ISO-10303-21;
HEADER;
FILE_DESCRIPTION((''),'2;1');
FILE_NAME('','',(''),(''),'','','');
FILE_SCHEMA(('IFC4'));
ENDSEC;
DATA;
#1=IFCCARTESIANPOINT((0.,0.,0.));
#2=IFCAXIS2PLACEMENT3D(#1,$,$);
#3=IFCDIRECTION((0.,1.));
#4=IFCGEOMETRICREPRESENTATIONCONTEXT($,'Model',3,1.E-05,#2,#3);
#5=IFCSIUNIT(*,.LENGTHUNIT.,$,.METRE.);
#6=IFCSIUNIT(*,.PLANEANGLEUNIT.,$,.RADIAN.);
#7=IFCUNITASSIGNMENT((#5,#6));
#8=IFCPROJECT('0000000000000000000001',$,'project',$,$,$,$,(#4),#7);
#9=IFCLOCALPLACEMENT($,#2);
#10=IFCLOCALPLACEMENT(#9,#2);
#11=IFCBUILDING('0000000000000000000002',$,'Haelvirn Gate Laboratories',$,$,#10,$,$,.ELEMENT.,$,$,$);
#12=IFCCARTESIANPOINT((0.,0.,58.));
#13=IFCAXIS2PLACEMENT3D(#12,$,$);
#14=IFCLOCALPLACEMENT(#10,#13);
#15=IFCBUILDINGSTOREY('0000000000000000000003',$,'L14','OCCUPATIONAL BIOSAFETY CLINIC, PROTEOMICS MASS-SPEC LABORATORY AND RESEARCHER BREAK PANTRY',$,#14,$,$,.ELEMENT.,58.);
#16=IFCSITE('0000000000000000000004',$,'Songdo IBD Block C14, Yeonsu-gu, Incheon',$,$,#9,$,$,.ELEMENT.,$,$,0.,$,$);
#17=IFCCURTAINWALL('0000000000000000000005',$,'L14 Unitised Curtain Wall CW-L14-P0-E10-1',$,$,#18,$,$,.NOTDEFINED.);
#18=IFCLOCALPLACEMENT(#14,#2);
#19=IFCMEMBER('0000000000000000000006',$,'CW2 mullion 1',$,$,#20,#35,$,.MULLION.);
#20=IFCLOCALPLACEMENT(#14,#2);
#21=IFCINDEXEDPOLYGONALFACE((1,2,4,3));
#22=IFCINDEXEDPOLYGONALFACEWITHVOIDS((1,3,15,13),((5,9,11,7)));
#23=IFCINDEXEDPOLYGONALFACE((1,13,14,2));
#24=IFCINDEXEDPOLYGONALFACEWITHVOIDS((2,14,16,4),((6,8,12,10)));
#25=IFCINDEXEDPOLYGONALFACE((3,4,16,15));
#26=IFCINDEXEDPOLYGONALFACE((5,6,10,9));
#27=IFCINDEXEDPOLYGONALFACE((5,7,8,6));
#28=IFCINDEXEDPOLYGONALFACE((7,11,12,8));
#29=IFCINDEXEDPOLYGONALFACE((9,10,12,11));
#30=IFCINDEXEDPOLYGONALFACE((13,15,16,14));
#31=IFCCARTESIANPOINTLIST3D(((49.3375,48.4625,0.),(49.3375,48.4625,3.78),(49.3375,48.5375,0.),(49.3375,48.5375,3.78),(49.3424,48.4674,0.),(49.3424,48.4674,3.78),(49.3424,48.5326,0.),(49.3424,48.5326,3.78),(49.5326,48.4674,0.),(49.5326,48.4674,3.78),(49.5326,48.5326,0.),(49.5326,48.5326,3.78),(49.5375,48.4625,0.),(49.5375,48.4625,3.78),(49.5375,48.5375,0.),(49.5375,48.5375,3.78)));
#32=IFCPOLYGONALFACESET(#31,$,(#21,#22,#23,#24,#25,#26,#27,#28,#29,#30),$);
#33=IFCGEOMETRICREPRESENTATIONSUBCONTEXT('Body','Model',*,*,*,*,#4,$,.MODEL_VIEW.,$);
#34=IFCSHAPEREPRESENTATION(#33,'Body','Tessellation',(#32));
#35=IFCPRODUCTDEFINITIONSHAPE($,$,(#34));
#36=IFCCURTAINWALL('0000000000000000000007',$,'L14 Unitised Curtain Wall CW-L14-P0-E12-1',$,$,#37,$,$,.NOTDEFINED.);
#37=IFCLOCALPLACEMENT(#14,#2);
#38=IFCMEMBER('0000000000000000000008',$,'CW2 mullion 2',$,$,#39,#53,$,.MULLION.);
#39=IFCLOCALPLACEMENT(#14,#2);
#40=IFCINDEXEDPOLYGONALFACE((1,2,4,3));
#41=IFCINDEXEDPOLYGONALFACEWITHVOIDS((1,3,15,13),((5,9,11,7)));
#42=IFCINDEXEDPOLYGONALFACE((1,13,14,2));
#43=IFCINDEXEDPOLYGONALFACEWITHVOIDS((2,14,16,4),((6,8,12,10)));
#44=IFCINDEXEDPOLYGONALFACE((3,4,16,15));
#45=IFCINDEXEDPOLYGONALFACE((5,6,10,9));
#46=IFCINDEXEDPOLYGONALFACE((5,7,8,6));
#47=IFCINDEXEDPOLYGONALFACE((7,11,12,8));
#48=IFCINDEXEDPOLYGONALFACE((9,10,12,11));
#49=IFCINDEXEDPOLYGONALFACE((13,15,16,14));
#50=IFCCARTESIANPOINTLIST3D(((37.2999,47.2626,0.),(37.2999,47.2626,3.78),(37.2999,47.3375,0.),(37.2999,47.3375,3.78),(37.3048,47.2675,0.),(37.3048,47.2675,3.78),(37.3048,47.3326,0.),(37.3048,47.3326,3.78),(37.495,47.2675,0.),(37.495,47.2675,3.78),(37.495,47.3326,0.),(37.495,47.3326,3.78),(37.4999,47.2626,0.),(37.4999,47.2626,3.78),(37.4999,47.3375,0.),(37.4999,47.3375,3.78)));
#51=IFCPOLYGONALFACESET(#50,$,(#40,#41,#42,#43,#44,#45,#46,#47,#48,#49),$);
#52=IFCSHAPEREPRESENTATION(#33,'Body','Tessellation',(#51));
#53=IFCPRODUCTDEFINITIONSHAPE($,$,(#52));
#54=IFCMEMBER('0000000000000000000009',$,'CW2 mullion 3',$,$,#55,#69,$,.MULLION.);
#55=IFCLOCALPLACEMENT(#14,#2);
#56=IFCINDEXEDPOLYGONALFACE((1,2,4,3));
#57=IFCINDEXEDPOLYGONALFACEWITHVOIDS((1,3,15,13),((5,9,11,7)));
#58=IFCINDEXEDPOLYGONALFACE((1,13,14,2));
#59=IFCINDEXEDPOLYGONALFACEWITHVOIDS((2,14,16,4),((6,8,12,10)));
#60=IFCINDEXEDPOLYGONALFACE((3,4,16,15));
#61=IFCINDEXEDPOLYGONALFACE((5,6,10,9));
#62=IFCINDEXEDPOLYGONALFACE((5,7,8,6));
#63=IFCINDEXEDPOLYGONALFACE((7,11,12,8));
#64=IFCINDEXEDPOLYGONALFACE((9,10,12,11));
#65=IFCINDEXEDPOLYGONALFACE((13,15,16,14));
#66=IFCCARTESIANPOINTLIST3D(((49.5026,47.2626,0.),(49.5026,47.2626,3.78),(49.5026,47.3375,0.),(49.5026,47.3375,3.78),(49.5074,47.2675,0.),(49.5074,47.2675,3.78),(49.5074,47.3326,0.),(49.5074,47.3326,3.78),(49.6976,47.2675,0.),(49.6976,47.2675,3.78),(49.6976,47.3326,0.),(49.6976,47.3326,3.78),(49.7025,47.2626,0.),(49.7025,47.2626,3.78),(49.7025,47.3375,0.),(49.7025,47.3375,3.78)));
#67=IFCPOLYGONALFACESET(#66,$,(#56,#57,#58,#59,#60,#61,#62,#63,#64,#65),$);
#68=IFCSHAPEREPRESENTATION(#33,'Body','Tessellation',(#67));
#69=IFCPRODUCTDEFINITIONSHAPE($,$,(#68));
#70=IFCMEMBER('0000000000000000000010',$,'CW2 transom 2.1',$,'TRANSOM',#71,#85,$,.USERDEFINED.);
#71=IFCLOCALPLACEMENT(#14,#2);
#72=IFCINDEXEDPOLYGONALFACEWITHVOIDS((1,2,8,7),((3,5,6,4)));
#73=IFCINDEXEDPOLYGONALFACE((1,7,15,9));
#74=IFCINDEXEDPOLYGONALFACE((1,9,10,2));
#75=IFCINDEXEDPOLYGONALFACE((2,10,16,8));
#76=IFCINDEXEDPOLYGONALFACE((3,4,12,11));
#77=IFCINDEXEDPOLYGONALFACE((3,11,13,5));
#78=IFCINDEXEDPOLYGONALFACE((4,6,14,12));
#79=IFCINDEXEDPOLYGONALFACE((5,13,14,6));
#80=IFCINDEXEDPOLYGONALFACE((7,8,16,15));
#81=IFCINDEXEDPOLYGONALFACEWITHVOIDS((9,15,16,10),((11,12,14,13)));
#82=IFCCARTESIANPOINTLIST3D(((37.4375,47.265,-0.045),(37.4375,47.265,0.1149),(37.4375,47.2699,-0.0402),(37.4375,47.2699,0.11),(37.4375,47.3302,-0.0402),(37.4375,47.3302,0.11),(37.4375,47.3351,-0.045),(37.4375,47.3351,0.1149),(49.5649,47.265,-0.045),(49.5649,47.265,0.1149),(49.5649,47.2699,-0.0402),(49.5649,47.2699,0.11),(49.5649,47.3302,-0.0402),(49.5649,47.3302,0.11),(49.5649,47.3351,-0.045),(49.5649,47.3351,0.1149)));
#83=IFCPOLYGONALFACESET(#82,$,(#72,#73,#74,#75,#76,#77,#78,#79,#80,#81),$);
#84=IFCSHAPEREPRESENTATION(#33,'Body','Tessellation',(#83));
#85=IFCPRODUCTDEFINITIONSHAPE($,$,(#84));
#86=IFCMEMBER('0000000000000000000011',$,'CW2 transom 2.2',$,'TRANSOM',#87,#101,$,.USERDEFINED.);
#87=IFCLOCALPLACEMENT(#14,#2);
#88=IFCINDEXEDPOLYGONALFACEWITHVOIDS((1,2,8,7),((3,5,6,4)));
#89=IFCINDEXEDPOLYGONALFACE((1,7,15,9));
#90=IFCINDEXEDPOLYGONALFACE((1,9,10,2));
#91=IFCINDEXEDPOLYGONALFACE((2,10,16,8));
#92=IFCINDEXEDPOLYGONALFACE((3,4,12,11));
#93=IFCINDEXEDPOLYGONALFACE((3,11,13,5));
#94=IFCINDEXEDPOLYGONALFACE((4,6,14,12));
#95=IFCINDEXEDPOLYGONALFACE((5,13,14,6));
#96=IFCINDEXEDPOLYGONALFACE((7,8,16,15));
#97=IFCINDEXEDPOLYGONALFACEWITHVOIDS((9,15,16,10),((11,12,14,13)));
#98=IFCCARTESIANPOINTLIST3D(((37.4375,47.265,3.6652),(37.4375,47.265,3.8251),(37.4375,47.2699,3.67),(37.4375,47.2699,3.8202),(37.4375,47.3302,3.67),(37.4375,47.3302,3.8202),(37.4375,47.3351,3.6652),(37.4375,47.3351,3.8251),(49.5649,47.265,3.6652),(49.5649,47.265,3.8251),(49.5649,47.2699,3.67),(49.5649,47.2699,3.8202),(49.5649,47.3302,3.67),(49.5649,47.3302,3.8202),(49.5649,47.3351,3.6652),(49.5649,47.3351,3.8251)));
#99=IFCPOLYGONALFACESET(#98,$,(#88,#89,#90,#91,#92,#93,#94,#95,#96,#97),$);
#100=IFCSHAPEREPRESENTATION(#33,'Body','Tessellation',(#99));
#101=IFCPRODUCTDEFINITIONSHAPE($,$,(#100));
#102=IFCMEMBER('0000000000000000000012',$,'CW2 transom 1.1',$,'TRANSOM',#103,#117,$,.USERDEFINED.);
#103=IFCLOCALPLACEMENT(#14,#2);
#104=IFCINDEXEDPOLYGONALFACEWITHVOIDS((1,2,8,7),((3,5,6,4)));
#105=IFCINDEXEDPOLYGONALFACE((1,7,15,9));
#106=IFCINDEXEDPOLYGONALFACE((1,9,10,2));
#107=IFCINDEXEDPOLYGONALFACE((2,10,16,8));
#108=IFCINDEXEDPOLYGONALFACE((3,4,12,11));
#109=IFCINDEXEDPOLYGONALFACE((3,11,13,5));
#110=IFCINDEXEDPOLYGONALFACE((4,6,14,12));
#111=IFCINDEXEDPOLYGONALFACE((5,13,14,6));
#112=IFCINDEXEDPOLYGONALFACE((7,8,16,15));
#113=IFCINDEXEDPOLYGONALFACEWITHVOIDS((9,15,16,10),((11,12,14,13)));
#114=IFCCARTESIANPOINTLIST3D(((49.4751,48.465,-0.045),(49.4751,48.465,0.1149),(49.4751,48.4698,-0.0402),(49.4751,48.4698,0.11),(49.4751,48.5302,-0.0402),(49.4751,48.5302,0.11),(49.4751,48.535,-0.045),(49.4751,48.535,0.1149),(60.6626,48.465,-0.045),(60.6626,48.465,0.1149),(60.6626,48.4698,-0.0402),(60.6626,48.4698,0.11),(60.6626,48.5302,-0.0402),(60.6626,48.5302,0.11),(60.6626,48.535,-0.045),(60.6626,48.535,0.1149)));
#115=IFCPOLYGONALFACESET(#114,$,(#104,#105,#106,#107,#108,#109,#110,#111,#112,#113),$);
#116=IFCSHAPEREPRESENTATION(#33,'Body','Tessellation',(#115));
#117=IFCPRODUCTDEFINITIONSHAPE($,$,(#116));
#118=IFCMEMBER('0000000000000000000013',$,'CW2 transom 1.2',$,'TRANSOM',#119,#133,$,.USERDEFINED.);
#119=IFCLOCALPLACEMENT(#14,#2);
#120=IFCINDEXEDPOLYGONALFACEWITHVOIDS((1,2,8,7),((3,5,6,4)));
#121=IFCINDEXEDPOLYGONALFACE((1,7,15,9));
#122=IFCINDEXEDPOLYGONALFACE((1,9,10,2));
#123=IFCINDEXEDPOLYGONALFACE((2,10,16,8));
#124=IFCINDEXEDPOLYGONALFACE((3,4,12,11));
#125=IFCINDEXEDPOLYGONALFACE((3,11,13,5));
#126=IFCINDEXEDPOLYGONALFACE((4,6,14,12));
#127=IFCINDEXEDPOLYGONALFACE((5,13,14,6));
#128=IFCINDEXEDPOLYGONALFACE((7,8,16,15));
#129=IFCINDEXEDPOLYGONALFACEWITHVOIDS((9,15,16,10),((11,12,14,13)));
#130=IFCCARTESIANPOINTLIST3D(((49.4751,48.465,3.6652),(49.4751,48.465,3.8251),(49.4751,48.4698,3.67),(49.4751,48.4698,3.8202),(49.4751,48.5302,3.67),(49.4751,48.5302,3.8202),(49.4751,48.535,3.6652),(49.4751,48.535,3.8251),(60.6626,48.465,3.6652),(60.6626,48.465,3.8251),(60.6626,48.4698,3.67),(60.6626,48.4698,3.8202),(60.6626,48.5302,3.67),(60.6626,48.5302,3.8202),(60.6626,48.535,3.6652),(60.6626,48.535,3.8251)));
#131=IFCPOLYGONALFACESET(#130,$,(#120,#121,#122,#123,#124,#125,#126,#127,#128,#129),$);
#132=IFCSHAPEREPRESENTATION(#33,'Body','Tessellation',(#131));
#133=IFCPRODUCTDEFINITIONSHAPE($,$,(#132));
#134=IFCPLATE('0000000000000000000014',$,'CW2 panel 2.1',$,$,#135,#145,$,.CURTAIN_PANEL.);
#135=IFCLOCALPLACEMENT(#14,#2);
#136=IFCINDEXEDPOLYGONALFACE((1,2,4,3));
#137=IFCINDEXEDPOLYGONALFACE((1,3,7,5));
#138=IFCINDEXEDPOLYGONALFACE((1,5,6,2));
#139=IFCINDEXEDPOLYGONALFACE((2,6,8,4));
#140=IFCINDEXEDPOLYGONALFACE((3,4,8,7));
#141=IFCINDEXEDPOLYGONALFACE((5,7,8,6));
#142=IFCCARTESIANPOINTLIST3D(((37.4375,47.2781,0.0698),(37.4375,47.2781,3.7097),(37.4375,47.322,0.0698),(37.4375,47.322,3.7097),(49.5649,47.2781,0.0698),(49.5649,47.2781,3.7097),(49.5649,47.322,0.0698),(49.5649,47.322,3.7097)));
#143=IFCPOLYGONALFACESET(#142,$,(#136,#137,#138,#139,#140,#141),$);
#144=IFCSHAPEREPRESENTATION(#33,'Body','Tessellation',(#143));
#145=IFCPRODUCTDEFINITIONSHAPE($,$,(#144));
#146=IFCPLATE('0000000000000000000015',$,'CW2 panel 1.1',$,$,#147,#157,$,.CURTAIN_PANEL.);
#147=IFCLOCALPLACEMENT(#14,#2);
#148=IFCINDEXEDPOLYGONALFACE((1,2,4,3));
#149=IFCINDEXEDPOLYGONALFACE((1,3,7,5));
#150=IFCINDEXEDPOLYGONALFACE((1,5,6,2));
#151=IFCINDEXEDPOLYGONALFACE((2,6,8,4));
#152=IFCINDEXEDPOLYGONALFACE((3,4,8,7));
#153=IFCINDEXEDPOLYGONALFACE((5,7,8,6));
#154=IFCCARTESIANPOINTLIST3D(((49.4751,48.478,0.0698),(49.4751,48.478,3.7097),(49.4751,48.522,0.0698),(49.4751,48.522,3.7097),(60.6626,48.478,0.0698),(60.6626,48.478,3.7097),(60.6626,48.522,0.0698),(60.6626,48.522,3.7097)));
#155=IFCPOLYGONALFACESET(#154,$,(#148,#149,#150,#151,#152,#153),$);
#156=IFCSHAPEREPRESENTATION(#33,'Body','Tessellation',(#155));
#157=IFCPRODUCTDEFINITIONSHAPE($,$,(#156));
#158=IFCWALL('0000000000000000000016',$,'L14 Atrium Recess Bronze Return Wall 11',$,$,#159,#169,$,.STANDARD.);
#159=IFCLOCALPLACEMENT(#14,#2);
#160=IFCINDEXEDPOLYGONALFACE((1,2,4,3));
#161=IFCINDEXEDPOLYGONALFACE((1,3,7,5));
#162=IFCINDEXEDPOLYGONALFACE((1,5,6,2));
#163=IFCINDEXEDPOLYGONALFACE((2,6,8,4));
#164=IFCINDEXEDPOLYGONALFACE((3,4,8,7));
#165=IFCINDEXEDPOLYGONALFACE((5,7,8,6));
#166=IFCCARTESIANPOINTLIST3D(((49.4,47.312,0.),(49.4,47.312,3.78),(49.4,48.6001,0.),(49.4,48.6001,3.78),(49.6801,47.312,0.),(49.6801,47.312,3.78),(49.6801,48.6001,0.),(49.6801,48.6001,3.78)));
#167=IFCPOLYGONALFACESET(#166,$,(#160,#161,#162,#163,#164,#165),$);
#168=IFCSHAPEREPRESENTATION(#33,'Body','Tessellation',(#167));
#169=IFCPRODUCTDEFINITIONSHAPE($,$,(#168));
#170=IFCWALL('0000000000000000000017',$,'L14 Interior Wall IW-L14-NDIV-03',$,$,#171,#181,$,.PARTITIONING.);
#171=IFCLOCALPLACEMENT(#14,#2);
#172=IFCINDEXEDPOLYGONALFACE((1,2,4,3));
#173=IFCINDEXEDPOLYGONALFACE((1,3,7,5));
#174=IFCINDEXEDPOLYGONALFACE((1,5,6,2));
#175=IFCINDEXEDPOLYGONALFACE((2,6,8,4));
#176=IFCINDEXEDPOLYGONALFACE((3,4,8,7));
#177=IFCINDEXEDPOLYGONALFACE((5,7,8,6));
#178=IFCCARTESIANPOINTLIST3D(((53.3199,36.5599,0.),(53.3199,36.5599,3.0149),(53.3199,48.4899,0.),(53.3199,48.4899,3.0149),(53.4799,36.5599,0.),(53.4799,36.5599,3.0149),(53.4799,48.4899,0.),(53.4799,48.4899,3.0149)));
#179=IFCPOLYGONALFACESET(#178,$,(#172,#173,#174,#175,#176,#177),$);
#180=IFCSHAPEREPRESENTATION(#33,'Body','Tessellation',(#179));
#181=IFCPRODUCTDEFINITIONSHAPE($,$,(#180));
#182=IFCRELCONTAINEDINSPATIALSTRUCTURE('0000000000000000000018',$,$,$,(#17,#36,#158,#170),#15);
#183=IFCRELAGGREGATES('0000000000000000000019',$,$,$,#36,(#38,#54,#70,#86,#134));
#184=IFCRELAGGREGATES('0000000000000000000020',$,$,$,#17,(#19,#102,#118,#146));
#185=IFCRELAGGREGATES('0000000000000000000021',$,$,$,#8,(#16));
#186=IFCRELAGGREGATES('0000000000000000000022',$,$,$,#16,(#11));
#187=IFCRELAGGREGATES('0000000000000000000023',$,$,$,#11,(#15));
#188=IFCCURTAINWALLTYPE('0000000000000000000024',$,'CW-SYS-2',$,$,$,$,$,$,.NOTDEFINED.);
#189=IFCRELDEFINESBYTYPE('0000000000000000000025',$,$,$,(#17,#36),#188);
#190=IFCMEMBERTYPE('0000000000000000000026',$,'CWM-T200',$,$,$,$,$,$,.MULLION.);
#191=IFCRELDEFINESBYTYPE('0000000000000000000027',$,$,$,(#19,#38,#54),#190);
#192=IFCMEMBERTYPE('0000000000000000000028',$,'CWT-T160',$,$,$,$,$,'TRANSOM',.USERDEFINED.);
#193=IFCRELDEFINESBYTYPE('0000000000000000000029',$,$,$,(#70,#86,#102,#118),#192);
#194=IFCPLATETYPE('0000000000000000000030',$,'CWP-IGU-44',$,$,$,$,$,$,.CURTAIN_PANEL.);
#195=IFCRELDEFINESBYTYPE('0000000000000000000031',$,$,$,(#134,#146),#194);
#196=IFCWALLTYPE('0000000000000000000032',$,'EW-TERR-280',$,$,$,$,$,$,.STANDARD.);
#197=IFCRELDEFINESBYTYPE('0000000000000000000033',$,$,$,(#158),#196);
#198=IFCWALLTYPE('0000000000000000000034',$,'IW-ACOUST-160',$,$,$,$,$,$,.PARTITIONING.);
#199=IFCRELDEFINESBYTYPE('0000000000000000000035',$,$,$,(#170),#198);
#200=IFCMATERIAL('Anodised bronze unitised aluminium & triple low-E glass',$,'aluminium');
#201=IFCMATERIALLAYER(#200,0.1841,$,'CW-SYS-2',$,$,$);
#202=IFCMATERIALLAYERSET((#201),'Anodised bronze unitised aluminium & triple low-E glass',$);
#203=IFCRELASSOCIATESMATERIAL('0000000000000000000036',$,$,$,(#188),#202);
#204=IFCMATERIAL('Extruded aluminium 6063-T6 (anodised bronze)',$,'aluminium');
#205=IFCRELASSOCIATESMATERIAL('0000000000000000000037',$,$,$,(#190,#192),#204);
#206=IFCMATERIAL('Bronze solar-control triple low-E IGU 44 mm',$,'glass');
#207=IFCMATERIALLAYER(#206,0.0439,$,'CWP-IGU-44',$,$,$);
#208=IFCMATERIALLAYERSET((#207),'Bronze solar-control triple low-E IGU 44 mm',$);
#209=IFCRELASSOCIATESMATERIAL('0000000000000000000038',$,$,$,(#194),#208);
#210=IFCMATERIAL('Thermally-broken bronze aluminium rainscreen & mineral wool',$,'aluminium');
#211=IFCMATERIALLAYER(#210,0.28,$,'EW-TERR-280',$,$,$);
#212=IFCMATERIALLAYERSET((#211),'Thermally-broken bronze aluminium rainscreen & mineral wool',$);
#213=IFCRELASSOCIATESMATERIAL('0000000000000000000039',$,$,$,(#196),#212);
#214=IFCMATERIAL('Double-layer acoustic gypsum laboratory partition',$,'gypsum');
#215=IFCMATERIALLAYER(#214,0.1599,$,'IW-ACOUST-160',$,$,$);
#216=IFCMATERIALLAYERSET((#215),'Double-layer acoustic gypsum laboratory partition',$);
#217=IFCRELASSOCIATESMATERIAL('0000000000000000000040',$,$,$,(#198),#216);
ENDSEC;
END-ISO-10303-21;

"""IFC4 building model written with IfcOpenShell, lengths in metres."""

from ifc_helpers import new_model, si_unit, direction, frame, frame_2d, origin, origin_2d, place, context, subcontext, project, spatial, rectangle, hollow_rectangle, extrude, source, transform, mapped, material, layer, layer_set, material_profile, profile_set, type_object, type_shapes, element, aggregate, save


model = new_model("IFC4")

# Units and contexts
model_context = context("Model", 3, precision=1e-05, world=origin(), true_north=direction((0.0, 1.0)))
body_context = subcontext(model_context, "Body", "Model", "MODEL_VIEW")
ifc_project = project(units=[si_unit("LENGTHUNIT", "METRE"), si_unit("PLANEANGLEUNIT", "RADIAN")], contexts=[model_context])

# Site, building, storey
site_placement = place(None, origin())
site = spatial("IfcSite", under=ifc_project, at=site_placement, Name="Songdo IBD Block C14, Yeonsu-gu, Incheon", CompositionType="ELEMENT", RefElevation=0.0)
building_placement = place(site_placement, origin())
building = spatial("IfcBuilding", under=site, at=building_placement, Name="Haelvirn Gate Laboratories", CompositionType="ELEMENT")
storey_placement = place(building_placement, frame((0.0, 0.0, 58.0)))
storey = spatial("IfcBuildingStorey", under=building, at=storey_placement, Name="L14", Description="OCCUPATIONAL BIOSAFETY CLINIC, PROTEOMICS MASS-SPEC LABORATORY AND RESEARCHER BREAK PANTRY", CompositionType="ELEMENT", Elevation=58.0)

# Curtain wall, member
ifc_material_1 = material(Name="Anodised bronze unitised aluminium & triple low-E glass", Category="aluminium")
ifc_layer_1 = layer(ifc_material_1, 0.1841, Name="CW-SYS-2")
ifc_layer_set_1 = layer_set([ifc_layer_1], Name="Anodised bronze unitised aluminium & triple low-E glass")
curtain_wall_type = type_object("IfcCurtainWallType", Name="CW-SYS-2", PredefinedType="NOTDEFINED", material=ifc_layer_set_1)
curtain_wall_1_placement = place(storey_placement, origin())
curtain_wall_1 = element("IfcCurtainWall", 1, at=curtain_wall_1_placement, inside=storey, type_object=curtain_wall_type, Name="L14 Unitised Curtain Wall CW-L14-P0-E10-1", PredefinedType="NOTDEFINED")
ifc_material_2 = material(Name="Extruded aluminium 6063-T6 (anodised bronze)", Category="aluminium")
ifc_material_profile_1 = material_profile(ifc_material_2, hollow_rectangle(XDim=0.075, YDim=0.2, WallThickness=0.0049, at=origin_2d()), Name="CWM-200x75x5")
ifc_profile_set_1 = profile_set([ifc_material_profile_1], Name="Extruded aluminium 6063-T6 (anodised bronze)")
member_type_1 = type_object("IfcMemberType", Name="CWM-T200", PredefinedType="MULLION", material=ifc_profile_set_1)
shared_shape_1 = source(origin(), body_context, "Body", "SweptSolid", [
    extrude(hollow_rectangle(XDim=0.075, YDim=0.2, WallThickness=0.0049, at=origin_2d()), origin(), (0.0, 0.0, 1.0), 3.78),
])
type_shapes(member_type_1, [shared_shape_1])
member_1_placement = place(storey_placement, frame((49.4375, 48.5, 0.0), z_axis=(0.0, 0.0, 1.0), x_axis=(0.0, 1.0, 0.0)))
member_1 = element("IfcMember", 2, at=member_1_placement, type_object=member_type_1, Name="CW2 mullion 1", PredefinedType="MULLION", context=body_context, shape_type="MappedRepresentation", body=[
    mapped(shared_shape_1, transform((0.0, 0.0, 0.0), scale=1.0)),
])

# Curtain wall, members
curtain_wall_2_placement = place(storey_placement, origin())
curtain_wall_2 = element("IfcCurtainWall", 3, at=curtain_wall_2_placement, inside=storey, type_object=curtain_wall_type, Name="L14 Unitised Curtain Wall CW-L14-P0-E12-1", PredefinedType="NOTDEFINED")
member_2_placement = place(storey_placement, frame((37.3999, 47.3, 0.0), z_axis=(0.0, 0.0, 1.0), x_axis=(0.0, 1.0, 0.0)))
member_2 = element("IfcMember", 4, at=member_2_placement, type_object=member_type_1, Name="CW2 mullion 2", PredefinedType="MULLION", context=body_context, shape_type="MappedRepresentation", body=[
    mapped(shared_shape_1, transform((0.0, 0.0, 0.0), scale=1.0)),
])
member_3_placement = place(storey_placement, frame((49.6025, 47.3, 0.0), z_axis=(0.0, 0.0, 1.0), x_axis=(0.0, 1.0, 0.0)))
member_3 = element("IfcMember", 5, at=member_3_placement, type_object=member_type_1, Name="CW2 mullion 3", PredefinedType="MULLION", context=body_context, shape_type="MappedRepresentation", body=[
    mapped(shared_shape_1, transform((0.0, 0.0, 0.0), scale=1.0)),
])
ifc_material_profile_2 = material_profile(ifc_material_2, hollow_rectangle(XDim=0.0701, YDim=0.1599, WallThickness=0.0049, at=origin_2d()), Name="CWT-160x70x5")
ifc_profile_set_2 = profile_set([ifc_material_profile_2], Name="Extruded aluminium 6063-T6 (anodised bronze)")
member_type_2 = type_object("IfcMemberType", Name="CWT-T160", ElementType="TRANSOM", PredefinedType="USERDEFINED", material=ifc_profile_set_2)
shared_shape_2 = source(origin(), body_context, "Body", "SweptSolid", [
    extrude(hollow_rectangle(XDim=0.0701, YDim=0.1599, WallThickness=0.0049, at=origin_2d()), origin(), (0.0, 0.0, 1.0), 12.1274),
])
member_4_placement = place(storey_placement, frame((37.4375, 47.3, 0.0349), z_axis=(1.0, 0.0, 0.0), x_axis=(0.0, 1.0, 0.0)))
member_4 = element("IfcMember", 6, at=member_4_placement, type_object=member_type_2, Name="CW2 transom 2.1", ObjectType="TRANSOM", PredefinedType="USERDEFINED", context=body_context, shape_type="MappedRepresentation", body=[
    mapped(shared_shape_2, transform((0.0, 0.0, 0.0), scale=1.0)),
])
member_5_placement = place(storey_placement, frame((37.4375, 47.3, 3.7451), z_axis=(1.0, 0.0, 0.0), x_axis=(0.0, 1.0, 0.0)))
member_5 = element("IfcMember", 7, at=member_5_placement, type_object=member_type_2, Name="CW2 transom 2.2", ObjectType="TRANSOM", PredefinedType="USERDEFINED", context=body_context, shape_type="MappedRepresentation", body=[
    mapped(shared_shape_2, transform((0.0, 0.0, 0.0), scale=1.0)),
])

# Members
shared_shape_3 = source(origin(), body_context, "Body", "SweptSolid", [
    extrude(hollow_rectangle(XDim=0.0701, YDim=0.1599, WallThickness=0.0049, at=origin_2d()), origin(), (0.0, 0.0, 1.0), 11.1875),
])
type_shapes(member_type_2, [shared_shape_2, shared_shape_3])
member_6_placement = place(storey_placement, frame((49.4751, 48.5, 0.0349), z_axis=(1.0, 0.0, 0.0), x_axis=(0.0, 1.0, 0.0)))
member_6 = element("IfcMember", 8, at=member_6_placement, type_object=member_type_2, Name="CW2 transom 1.1", ObjectType="TRANSOM", PredefinedType="USERDEFINED", context=body_context, shape_type="MappedRepresentation", body=[
    mapped(shared_shape_3, transform((0.0, 0.0, 0.0), scale=1.0)),
])
member_7_placement = place(storey_placement, frame((49.4751, 48.5, 3.7451), z_axis=(1.0, 0.0, 0.0), x_axis=(0.0, 1.0, 0.0)))
member_7 = element("IfcMember", 9, at=member_7_placement, type_object=member_type_2, Name="CW2 transom 1.2", ObjectType="TRANSOM", PredefinedType="USERDEFINED", context=body_context, shape_type="MappedRepresentation", body=[
    mapped(shared_shape_3, transform((0.0, 0.0, 0.0), scale=1.0)),
])

# Plates
ifc_material_3 = material(Name="Bronze solar-control triple low-E IGU 44 mm", Category="glass")
ifc_layer_2 = layer(ifc_material_3, 0.0439, Name="CWP-IGU-44")
ifc_layer_set_2 = layer_set([ifc_layer_2], Name="Bronze solar-control triple low-E IGU 44 mm")
plate_type = type_object("IfcPlateType", Name="CWP-IGU-44", PredefinedType="CURTAIN_PANEL", material=ifc_layer_set_2)
shared_shape_4 = source(origin(), body_context, "Body", "SweptSolid", [
    extrude(rectangle(XDim=12.1274, YDim=0.0439, at=origin_2d()), origin(), (0.0, 0.0, 1.0), 3.6399),
])
plate_1_placement = place(storey_placement, frame((43.5012, 47.3, 0.0698), z_axis=(0.0, 0.0, 1.0), x_axis=(1.0, 0.0, 0.0)))
plate_1 = element("IfcPlate", 10, at=plate_1_placement, type_object=plate_type, Name="CW2 panel 2.1", PredefinedType="CURTAIN_PANEL", context=body_context, shape_type="MappedRepresentation", body=[
    mapped(shared_shape_4, transform((0.0, 0.0, 0.0), scale=1.0)),
])
aggregate(curtain_wall_2, [member_2, member_3, member_4, member_5, plate_1])
shared_shape_5 = source(origin(), body_context, "Body", "SweptSolid", [
    extrude(rectangle(XDim=11.1875, YDim=0.0439, at=origin_2d()), origin(), (0.0, 0.0, 1.0), 3.6399),
])
type_shapes(plate_type, [shared_shape_4, shared_shape_5])
plate_2_placement = place(storey_placement, frame((55.0688, 48.5, 0.0698), z_axis=(0.0, 0.0, 1.0), x_axis=(1.0, 0.0, 0.0)))
plate_2 = element("IfcPlate", 11, at=plate_2_placement, type_object=plate_type, Name="CW2 panel 1.1", PredefinedType="CURTAIN_PANEL", context=body_context, shape_type="MappedRepresentation", body=[
    mapped(shared_shape_5, transform((0.0, 0.0, 0.0), scale=1.0)),
])
aggregate(curtain_wall_1, [member_1, member_6, member_7, plate_2])

# Walls
ifc_material_4 = material(Name="Thermally-broken bronze aluminium rainscreen & mineral wool", Category="aluminium")
ifc_layer_3 = layer(ifc_material_4, 0.28, Name="EW-TERR-280")
ifc_layer_set_3 = layer_set([ifc_layer_3], Name="Thermally-broken bronze aluminium rainscreen & mineral wool")
wall_type_1 = type_object("IfcWallType", Name="EW-TERR-280", PredefinedType="STANDARD", material=ifc_layer_set_3)
wall_1_placement = place(storey_placement, frame((49.54, 48.6001, 0.0), z_axis=(0.0, 0.0, 1.0), x_axis=(0.0, -1.0, 0.0)))
element("IfcWall", 12, at=wall_1_placement, inside=storey, type_object=wall_type_1, Name="L14 Atrium Recess Bronze Return Wall 11", PredefinedType="STANDARD", context=body_context, shape_type="SweptSolid", body=[
    extrude(rectangle(XDim=1.2881, YDim=0.28, at=frame_2d((0.644, 0.0))), origin(), (0.0, 0.0, 1.0), 3.78),
])
ifc_material_5 = material(Name="Double-layer acoustic gypsum laboratory partition", Category="gypsum")
ifc_layer_4 = layer(ifc_material_5, 0.1599, Name="IW-ACOUST-160")
ifc_layer_set_4 = layer_set([ifc_layer_4], Name="Double-layer acoustic gypsum laboratory partition")
wall_type_2 = type_object("IfcWallType", Name="IW-ACOUST-160", PredefinedType="PARTITIONING", material=ifc_layer_set_4)
wall_2_placement = place(storey_placement, frame((53.3999, 36.5601, 0.0), z_axis=(0.0, 0.0, 1.0), x_axis=(0.0, 1.0, 0.0)))
element("IfcWall", 13, at=wall_2_placement, inside=storey, type_object=wall_type_2, Name="L14 Interior Wall IW-L14-NDIV-03", PredefinedType="PARTITIONING", context=body_context, shape_type="SweptSolid", body=[
    extrude(rectangle(XDim=11.9299, YDim=0.1599, at=frame_2d((5.9648, 0.0))), origin(), (0.0, 0.0, 1.0), 3.0149),
])

save(model, "model.ifc")
